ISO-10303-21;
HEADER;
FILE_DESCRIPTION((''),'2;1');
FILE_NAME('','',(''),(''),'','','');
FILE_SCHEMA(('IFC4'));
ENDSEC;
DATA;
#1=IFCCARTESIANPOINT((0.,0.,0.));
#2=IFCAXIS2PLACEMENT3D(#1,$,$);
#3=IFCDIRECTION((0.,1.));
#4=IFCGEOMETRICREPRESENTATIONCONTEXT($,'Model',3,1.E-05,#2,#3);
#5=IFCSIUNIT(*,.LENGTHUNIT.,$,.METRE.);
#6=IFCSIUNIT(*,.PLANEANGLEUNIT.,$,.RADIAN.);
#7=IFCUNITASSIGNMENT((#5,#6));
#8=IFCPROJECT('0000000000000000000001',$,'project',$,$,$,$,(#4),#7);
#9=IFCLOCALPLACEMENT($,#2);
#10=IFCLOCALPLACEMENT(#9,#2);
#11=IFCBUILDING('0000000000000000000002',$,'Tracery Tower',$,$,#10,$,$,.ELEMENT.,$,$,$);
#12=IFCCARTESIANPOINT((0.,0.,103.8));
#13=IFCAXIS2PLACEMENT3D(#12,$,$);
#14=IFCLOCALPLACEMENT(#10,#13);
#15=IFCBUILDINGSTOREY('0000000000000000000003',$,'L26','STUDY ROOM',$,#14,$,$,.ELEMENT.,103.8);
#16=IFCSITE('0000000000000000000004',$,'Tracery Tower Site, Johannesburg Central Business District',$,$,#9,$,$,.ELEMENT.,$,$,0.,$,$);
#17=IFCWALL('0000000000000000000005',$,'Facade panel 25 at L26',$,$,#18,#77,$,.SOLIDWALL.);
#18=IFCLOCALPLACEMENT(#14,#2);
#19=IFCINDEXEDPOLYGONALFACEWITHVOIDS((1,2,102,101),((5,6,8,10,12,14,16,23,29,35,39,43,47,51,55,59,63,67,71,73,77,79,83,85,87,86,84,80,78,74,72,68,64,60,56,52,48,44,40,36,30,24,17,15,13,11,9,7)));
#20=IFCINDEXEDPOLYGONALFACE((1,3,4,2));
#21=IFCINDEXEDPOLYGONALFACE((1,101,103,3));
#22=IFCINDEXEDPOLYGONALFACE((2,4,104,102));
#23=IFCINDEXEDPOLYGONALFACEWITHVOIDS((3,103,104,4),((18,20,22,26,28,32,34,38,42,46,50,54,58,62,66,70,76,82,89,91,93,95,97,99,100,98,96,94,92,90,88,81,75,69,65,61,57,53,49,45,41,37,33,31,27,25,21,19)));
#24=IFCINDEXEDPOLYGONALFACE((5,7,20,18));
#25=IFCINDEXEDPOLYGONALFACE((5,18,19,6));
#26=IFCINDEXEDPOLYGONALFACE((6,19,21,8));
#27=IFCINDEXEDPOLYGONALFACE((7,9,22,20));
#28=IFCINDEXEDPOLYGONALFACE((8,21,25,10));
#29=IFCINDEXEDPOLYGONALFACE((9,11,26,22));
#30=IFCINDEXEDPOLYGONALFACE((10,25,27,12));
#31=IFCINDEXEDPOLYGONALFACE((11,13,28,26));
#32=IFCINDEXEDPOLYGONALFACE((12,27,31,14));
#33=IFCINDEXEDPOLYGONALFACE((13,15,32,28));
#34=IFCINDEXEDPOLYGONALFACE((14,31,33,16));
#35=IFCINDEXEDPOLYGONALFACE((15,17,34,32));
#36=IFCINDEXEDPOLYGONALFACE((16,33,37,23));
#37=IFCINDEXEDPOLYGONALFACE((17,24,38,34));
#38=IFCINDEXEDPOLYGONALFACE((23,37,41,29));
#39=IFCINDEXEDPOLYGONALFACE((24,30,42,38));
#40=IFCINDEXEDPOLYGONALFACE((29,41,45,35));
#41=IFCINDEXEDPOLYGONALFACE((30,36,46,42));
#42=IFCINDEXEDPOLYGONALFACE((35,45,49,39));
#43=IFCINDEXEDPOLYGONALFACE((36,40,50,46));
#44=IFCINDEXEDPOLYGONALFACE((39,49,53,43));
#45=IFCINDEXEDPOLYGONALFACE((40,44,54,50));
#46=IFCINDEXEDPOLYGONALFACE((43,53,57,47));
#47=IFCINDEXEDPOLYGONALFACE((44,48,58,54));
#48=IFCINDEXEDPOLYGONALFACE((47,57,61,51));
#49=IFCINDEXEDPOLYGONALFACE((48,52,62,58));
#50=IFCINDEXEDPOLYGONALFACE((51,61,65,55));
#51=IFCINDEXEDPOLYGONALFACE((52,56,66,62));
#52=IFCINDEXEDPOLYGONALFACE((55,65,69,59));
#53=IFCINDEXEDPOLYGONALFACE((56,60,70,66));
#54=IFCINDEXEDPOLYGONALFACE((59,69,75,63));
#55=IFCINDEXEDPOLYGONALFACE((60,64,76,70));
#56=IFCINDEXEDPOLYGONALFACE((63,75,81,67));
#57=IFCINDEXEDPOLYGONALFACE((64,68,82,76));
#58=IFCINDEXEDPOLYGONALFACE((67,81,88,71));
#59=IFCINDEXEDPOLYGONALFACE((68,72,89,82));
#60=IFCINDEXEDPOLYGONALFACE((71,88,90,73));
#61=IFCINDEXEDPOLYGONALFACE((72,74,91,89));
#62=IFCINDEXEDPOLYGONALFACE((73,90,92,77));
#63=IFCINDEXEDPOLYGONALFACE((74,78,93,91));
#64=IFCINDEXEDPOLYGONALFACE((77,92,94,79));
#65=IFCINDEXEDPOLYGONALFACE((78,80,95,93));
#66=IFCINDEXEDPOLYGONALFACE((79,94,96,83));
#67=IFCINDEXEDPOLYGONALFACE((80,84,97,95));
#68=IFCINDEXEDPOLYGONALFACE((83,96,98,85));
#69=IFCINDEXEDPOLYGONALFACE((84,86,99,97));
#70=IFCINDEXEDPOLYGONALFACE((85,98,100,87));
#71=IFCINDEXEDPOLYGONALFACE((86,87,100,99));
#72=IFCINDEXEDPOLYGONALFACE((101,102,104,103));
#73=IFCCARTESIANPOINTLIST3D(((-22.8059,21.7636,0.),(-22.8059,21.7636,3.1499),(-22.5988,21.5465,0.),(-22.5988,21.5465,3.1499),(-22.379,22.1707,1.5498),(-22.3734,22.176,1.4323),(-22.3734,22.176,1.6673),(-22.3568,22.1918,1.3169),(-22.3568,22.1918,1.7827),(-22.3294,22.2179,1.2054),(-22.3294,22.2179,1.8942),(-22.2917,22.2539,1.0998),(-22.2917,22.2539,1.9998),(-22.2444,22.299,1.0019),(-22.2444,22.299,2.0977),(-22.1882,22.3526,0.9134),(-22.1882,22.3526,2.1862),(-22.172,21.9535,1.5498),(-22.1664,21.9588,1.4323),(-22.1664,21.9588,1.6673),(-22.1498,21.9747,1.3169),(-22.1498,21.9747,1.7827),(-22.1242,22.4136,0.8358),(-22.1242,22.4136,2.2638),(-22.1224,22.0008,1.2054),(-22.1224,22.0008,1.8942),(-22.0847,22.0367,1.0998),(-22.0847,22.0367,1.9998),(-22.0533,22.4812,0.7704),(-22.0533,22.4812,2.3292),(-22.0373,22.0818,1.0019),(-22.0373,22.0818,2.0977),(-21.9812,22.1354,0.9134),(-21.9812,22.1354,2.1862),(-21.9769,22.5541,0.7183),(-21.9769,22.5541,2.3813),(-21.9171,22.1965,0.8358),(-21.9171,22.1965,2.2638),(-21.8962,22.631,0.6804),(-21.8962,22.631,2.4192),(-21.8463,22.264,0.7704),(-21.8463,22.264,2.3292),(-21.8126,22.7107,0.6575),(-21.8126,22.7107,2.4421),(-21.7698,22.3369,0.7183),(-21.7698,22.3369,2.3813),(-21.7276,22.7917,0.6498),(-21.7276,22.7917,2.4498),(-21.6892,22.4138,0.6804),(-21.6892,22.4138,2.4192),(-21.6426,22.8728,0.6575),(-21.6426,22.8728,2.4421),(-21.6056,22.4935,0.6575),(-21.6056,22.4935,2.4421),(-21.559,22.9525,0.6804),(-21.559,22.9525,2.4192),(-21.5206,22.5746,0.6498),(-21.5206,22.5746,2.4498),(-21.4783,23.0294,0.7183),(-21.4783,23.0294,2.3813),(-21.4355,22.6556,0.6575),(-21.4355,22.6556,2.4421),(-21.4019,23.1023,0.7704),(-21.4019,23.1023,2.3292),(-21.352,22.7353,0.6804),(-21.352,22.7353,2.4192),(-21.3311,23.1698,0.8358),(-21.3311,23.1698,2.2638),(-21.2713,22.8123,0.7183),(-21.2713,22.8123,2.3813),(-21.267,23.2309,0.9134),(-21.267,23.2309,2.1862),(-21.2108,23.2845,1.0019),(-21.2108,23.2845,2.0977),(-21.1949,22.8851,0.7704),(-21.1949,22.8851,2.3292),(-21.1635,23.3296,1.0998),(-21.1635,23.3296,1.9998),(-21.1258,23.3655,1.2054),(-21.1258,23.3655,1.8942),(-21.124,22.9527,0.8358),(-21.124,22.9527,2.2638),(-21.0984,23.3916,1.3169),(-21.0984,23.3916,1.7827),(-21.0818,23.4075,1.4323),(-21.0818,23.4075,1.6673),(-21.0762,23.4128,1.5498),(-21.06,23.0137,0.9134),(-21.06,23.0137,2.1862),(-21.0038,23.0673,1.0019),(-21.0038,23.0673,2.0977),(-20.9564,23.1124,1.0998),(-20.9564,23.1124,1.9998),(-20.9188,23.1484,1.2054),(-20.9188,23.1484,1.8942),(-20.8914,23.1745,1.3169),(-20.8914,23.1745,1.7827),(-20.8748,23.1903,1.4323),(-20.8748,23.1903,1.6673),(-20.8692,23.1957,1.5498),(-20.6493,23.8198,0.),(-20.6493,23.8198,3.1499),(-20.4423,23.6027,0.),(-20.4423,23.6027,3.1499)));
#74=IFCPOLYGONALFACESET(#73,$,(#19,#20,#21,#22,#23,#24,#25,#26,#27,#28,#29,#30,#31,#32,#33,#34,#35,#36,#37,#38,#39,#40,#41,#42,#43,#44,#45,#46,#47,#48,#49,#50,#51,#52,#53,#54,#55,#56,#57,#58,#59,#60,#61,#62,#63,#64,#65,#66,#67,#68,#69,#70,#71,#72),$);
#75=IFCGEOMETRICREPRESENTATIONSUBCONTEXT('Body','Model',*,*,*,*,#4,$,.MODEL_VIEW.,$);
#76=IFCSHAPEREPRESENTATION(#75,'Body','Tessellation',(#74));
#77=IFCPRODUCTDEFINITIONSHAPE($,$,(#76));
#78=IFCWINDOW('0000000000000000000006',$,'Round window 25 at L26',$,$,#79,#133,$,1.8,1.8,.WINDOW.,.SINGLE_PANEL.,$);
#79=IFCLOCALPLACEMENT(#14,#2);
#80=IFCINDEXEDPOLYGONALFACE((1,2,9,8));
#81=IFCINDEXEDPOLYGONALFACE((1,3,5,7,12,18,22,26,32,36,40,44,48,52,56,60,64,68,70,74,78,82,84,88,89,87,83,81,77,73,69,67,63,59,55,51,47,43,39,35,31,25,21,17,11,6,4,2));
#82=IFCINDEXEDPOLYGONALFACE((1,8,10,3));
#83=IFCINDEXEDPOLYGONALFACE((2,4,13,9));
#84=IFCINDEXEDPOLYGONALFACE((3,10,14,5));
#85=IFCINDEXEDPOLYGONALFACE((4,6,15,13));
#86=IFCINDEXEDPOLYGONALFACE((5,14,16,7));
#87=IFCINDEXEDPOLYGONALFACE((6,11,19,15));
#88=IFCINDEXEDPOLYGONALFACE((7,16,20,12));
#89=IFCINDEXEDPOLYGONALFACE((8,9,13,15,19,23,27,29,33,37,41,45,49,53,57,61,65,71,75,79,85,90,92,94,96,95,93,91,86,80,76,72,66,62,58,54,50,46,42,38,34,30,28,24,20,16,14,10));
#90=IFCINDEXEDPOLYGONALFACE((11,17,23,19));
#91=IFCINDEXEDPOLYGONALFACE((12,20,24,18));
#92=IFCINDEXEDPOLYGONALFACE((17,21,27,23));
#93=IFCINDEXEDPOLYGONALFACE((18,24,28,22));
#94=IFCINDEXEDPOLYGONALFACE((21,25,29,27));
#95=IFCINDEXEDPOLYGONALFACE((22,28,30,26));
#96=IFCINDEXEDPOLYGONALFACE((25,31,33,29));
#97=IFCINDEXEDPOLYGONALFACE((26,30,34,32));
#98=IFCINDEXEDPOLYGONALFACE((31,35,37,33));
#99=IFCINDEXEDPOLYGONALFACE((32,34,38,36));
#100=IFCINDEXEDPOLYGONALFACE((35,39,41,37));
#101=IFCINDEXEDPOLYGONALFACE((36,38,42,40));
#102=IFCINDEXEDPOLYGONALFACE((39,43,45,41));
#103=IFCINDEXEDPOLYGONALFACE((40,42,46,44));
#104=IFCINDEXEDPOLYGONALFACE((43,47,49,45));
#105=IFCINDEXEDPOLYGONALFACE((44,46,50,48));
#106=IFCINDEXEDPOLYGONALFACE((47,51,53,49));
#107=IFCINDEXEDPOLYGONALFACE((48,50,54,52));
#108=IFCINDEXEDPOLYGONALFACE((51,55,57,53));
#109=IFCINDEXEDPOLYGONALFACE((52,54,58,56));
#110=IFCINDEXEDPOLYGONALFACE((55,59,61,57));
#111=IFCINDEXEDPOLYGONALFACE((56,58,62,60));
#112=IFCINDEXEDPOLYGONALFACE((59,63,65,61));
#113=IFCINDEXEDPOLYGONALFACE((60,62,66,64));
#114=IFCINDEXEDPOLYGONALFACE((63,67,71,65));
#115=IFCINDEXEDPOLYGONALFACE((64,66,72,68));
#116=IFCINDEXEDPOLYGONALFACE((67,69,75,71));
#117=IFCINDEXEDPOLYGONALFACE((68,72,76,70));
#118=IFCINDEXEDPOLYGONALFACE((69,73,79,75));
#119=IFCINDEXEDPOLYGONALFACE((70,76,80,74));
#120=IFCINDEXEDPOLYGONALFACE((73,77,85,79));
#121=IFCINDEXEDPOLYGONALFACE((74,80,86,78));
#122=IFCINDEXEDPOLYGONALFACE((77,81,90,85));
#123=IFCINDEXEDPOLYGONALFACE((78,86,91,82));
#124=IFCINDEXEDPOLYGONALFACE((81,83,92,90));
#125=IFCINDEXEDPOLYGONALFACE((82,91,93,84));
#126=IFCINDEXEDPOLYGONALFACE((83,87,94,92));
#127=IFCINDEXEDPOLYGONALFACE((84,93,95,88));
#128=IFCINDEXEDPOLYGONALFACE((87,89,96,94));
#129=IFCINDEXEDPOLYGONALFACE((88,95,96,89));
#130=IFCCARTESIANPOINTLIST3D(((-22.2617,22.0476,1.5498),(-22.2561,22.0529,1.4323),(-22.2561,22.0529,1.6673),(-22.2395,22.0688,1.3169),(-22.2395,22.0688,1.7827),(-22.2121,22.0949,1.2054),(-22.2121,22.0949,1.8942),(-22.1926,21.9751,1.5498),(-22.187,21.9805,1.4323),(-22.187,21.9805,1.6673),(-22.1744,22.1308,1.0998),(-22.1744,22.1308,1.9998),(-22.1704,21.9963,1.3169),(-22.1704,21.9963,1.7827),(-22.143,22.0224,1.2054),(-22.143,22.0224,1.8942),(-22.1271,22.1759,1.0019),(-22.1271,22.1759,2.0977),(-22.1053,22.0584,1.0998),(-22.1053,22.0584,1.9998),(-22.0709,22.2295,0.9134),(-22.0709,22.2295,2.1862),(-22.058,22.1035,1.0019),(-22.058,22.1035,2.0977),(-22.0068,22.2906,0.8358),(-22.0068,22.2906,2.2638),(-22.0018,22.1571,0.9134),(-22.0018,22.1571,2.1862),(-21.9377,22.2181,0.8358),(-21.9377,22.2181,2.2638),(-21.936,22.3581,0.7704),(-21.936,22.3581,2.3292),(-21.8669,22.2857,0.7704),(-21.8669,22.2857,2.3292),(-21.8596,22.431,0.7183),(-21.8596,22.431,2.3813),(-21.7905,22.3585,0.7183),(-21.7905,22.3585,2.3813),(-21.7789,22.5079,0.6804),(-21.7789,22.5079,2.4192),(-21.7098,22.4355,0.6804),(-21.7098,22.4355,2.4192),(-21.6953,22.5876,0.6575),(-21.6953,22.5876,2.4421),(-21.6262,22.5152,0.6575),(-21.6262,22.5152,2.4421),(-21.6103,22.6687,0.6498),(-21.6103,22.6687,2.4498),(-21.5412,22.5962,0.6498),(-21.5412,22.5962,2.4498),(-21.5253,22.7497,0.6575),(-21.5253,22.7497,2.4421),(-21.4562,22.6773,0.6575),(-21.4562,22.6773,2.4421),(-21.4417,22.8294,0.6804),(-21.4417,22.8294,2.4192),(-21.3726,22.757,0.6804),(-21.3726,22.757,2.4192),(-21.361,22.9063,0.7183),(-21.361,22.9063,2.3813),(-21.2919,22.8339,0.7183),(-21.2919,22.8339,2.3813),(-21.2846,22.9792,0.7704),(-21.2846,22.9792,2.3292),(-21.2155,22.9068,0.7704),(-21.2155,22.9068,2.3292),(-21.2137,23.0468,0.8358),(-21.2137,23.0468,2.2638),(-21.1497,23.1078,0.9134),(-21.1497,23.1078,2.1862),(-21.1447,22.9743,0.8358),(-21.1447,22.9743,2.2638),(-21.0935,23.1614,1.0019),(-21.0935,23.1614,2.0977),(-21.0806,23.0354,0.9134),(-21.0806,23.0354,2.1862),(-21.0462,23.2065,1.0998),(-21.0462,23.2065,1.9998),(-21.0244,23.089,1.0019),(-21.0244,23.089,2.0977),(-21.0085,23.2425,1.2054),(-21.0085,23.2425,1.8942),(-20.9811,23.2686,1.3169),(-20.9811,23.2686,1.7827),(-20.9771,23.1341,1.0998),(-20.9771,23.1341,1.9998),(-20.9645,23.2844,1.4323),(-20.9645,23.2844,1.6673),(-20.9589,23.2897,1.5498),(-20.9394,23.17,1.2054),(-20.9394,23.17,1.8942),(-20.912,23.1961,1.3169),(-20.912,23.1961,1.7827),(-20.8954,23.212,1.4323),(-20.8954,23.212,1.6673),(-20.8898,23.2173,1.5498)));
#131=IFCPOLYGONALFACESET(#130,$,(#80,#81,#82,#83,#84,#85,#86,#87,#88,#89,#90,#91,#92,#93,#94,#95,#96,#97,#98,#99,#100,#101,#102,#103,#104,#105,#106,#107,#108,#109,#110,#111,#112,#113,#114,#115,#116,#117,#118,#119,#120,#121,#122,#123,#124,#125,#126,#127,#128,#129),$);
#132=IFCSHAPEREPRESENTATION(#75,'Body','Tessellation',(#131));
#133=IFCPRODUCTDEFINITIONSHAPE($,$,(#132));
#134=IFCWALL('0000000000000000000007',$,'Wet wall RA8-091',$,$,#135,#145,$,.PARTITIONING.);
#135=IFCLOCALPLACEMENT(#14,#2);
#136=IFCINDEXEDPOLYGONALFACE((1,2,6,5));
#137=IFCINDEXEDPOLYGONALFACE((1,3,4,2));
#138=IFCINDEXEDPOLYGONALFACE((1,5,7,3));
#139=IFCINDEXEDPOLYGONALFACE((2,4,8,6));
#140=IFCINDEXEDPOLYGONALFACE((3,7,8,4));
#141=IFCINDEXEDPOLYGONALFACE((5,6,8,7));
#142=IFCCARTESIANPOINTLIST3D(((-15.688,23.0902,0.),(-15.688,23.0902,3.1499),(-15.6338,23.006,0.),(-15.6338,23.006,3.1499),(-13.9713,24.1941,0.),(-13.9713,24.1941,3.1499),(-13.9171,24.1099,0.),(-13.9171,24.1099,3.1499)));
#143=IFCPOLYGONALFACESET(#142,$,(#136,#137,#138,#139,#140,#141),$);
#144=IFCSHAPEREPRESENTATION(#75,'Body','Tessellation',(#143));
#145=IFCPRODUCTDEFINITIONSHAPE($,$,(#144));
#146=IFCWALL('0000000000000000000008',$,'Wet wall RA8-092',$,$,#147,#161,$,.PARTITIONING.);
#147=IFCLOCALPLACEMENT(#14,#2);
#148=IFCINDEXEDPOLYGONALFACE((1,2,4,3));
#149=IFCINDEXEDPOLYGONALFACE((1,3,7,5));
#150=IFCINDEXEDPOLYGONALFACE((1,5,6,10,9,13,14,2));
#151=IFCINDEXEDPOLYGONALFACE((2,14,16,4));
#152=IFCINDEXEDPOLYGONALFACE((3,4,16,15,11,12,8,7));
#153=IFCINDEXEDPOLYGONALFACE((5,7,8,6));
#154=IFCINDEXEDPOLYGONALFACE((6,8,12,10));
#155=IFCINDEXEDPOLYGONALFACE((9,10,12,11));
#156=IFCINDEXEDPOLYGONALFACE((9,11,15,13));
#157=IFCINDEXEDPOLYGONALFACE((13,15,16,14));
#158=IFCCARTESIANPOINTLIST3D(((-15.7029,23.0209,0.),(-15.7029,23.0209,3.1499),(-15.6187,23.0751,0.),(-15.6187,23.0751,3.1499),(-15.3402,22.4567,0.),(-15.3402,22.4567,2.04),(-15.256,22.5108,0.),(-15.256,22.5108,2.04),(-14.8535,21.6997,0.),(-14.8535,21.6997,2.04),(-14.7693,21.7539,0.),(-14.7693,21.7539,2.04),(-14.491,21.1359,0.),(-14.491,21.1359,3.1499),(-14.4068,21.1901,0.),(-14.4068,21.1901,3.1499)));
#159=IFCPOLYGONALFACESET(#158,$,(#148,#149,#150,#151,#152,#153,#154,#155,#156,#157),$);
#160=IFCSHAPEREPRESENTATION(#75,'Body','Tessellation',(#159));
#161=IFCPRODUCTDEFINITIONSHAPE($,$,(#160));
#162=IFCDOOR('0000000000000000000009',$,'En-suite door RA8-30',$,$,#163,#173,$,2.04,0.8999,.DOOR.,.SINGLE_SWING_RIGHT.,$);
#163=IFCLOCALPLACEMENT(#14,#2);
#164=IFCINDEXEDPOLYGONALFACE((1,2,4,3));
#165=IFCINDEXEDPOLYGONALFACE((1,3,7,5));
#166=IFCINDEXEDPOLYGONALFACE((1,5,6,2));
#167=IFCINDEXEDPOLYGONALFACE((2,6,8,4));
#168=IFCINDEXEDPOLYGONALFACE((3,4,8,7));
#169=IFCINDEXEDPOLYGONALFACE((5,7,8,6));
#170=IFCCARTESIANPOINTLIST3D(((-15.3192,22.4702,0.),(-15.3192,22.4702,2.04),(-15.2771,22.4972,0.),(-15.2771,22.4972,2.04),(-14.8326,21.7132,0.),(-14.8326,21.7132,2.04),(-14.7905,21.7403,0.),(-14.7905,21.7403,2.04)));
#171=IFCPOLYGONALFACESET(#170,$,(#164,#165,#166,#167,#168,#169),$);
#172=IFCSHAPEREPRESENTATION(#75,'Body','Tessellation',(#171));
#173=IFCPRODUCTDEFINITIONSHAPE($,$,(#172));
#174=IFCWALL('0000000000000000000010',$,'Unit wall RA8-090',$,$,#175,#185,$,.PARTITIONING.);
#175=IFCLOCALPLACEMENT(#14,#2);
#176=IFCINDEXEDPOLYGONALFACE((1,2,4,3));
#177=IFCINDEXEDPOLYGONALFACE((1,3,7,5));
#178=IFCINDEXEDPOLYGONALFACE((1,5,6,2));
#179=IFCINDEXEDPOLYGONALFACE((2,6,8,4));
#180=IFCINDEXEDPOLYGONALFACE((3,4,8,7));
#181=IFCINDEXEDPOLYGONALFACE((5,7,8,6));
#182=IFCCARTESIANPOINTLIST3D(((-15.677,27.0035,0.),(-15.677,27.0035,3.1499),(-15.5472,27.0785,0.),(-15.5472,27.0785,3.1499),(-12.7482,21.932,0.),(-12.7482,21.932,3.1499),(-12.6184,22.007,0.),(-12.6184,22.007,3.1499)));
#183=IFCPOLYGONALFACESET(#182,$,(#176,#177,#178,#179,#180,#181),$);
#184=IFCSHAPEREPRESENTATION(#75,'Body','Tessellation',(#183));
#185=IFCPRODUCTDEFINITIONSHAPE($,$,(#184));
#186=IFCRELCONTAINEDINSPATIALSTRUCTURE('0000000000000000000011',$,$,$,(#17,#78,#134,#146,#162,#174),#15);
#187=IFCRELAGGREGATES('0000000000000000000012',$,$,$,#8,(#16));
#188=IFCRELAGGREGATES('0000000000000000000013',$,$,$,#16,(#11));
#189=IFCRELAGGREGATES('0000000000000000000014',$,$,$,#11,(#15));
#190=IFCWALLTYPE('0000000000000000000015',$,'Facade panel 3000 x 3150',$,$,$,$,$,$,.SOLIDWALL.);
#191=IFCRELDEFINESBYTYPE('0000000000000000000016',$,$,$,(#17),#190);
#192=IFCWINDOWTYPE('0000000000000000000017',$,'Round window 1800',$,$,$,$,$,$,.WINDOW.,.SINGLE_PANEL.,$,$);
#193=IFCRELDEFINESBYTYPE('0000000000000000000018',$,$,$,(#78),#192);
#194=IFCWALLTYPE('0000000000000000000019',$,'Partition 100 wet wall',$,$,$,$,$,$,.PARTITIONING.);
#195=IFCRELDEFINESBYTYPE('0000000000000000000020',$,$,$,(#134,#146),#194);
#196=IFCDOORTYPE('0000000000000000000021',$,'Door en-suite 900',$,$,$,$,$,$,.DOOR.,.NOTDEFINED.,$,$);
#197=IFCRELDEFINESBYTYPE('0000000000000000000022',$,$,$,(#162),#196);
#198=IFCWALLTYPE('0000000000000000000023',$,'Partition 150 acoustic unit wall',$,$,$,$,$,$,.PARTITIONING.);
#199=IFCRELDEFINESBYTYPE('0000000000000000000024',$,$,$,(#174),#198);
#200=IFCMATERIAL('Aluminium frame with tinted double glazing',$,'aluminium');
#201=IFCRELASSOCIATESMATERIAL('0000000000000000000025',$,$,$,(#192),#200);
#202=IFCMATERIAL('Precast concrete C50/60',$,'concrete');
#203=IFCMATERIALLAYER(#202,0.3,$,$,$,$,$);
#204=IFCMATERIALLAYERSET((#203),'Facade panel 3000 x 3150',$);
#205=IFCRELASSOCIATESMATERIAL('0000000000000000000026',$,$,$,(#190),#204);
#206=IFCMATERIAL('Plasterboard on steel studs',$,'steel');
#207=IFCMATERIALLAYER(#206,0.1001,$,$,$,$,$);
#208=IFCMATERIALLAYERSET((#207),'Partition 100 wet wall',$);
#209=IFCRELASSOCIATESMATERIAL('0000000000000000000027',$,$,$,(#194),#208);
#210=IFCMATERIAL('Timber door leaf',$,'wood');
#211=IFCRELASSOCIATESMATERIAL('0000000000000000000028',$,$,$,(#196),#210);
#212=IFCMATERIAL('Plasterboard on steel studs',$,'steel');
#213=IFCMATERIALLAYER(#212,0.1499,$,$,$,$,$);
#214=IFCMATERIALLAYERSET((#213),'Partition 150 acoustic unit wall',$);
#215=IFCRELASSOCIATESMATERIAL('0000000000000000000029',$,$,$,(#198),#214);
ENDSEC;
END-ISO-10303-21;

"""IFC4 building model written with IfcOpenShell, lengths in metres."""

from ifc_helpers import new_model, si_unit, direction, frame, frame_2d, origin, origin_2d, place, context, subcontext, project, spatial, rectangle, circle, extrude, material, layer, layer_set, type_object, element, fill, save


model = new_model("IFC4")

# Units and contexts
model_context = context("Model", 3, precision=1e-05, world=origin(), true_north=direction((0.0, 1.0)))
body_context = subcontext(model_context, "Body", "Model", "MODEL_VIEW")
ifc_project = project(units=[si_unit("LENGTHUNIT", "METRE"), si_unit("PLANEANGLEUNIT", "RADIAN")], contexts=[model_context])

# Site, building, storey
site_placement = place(None, origin())
site = spatial("IfcSite", under=ifc_project, at=site_placement, Name="Tracery Tower Site, Johannesburg Central Business District", CompositionType="ELEMENT", RefElevation=0.0)
building_placement = place(site_placement, origin())
building = spatial("IfcBuilding", under=site, at=building_placement, Name="Tracery Tower", CompositionType="ELEMENT")
storey_placement = place(building_placement, frame((0.0, 0.0, 103.8)))
storey = spatial("IfcBuildingStorey", under=building, at=storey_placement, Name="L26", Description="STUDY ROOM", CompositionType="ELEMENT", Elevation=103.8)

# Wall, opening, window
ifc_material_1 = material(Name="Aluminium frame with tinted double glazing", Category="aluminium")
window_type = type_object("IfcWindowType", Name="Round window 1800", PartitioningType="SINGLE_PANEL", PredefinedType="WINDOW", material=ifc_material_1)
ifc_material_2 = material(Name="Precast concrete C50/60", Category="concrete")
ifc_layer_1 = layer(ifc_material_2, 0.3)
ifc_layer_set_1 = layer_set([ifc_layer_1], Name="Facade panel 3000 x 3150")
wall_type_1 = type_object("IfcWallType", Name="Facade panel 3000 x 3150", PredefinedType="SOLIDWALL", material=ifc_layer_set_1)
wall_1_placement = place(storey_placement, frame((-20.5459, 23.7112, 0.0), z_axis=(0.0, 0.0, 1.0), x_axis=(-0.723744, -0.690068, 0.0)))
wall_1 = element("IfcWall", 1, at=wall_1_placement, inside=storey, type_object=wall_type_1, Name="Facade panel 25 at L26", PredefinedType="SOLIDWALL", context=body_context, shape_type="SweptSolid", body=[
    extrude(rectangle(XDim=2.9797, YDim=0.3, at=frame_2d((1.4897, 0.0))), origin(), (0.0, 0.0, 1.0), 3.1499),
])
opening_1_placement = place(wall_1_placement, frame((1.4897, 0.0, 1.5498)))
opening_1 = element("IfcOpeningElement", 2, at=opening_1_placement, cuts=wall_1, PredefinedType="OPENING", context=body_context, shape_type="SweptSolid", body=[
    extrude(circle(Radius=0.9, at=origin_2d()), frame((0.0, 0.1599, 0.0), z_axis=(0.0, -1.0, 0.0), x_axis=(1.0, 0.0, 0.0)), (0.0, 0.0, 1.0), 0.3201),
])
window_1_placement = place(opening_1_placement, origin())
window_1 = element("IfcWindow", 3, at=window_1_placement, inside=storey, type_object=window_type, Name="Round window 25 at L26", OverallHeight=1.8, OverallWidth=1.8, PartitioningType="SINGLE_PANEL", PredefinedType="WINDOW", context=body_context, shape_type="SweptSolid", body=[
    extrude(circle(Radius=0.9, at=origin_2d()), frame((0.0, 0.1201, 0.0), z_axis=(0.0, -1.0, 0.0), x_axis=(1.0, 0.0, 0.0)), (0.0, 0.0, 1.0), 0.1001),
])
fill(opening_1, window_1)

# Wall
ifc_material_3 = material(Name="Plasterboard on steel studs", Category="steel")
ifc_layer_2 = layer(ifc_material_3, 0.1001)
ifc_layer_set_2 = layer_set([ifc_layer_2], Name="Partition 100 wet wall")
wall_type_2 = type_object("IfcWallType", Name="Partition 100 wet wall", PredefinedType="PARTITIONING", material=ifc_layer_set_2)
wall_2_placement = place(storey_placement, frame((-15.6609, 23.0481, 0.0), z_axis=(0.0, 0.0, 1.0), x_axis=(0.841101, 0.540878, 0.0)))
element("IfcWall", 4, at=wall_2_placement, inside=storey, type_object=wall_type_2, Name="Wet wall RA8-091", PredefinedType="PARTITIONING", context=body_context, shape_type="SweptSolid", body=[
    extrude(rectangle(XDim=2.041, YDim=0.1001, at=frame_2d((1.0205, 0.0))), origin(), (0.0, 0.0, 1.0), 3.1499),
])

# Wall, opening, door
wall_3_placement = place(storey_placement, frame((-15.6609, 23.0481, 0.0), z_axis=(0.0, 0.0, 1.0), x_axis=(0.540796, -0.841154, 0.0)))
wall_3 = element("IfcWall", 5, at=wall_3_placement, inside=storey, type_object=wall_type_2, Name="Wet wall RA8-092", PredefinedType="PARTITIONING", context=body_context, shape_type="SweptSolid", body=[
    extrude(rectangle(XDim=2.241, YDim=0.1001, at=frame_2d((1.1206, 0.0))), origin(), (0.0, 0.0, 1.0), 3.1499),
])
opening_2_placement = place(wall_3_placement, frame((0.6709, 0.0, 0.0)))
opening_2 = element("IfcOpeningElement", 6, at=opening_2_placement, cuts=wall_3, PredefinedType="OPENING", context=body_context, shape_type="SweptSolid", body=[
    extrude(rectangle(XDim=0.8999, YDim=2.04, at=frame_2d((0.45, 1.02))), frame((0.0, 0.05, 0.0), z_axis=(0.0, -1.0, 0.0), x_axis=(1.0, 0.0, 0.0)), (0.0, 0.0, 1.0), 0.1001),
])
ifc_material_4 = material(Name="Timber door leaf", Category="wood")
door_type_1 = type_object("IfcDoorType", Name="Door en-suite 900", OperationType="NOTDEFINED", PredefinedType="DOOR", material=ifc_material_4)
door_1_placement = place(opening_2_placement, origin())
door_1 = element("IfcDoor", 7, at=door_1_placement, inside=storey, type_object=door_type_1, Name="En-suite door RA8-30", OperationType="SINGLE_SWING_RIGHT", OverallHeight=2.04, OverallWidth=0.8999, PredefinedType="DOOR", context=body_context, shape_type="SweptSolid", body=[
    extrude(rectangle(XDim=0.8999, YDim=2.04, at=frame_2d((0.45, 1.02))), frame((0.0, 0.0249, 0.0), z_axis=(0.0, -1.0, 0.0), x_axis=(1.0, 0.0, 0.0)), (0.0, 0.0, 1.0), 0.05),
])
fill(opening_2, door_1)

# Wall
ifc_material_5 = material(Name="Plasterboard on steel studs", Category="steel")
ifc_layer_3 = layer(ifc_material_5, 0.1499)
ifc_layer_set_3 = layer_set([ifc_layer_3], Name="Partition 150 acoustic unit wall")
wall_type_3 = type_object("IfcWallType", Name="Partition 150 acoustic unit wall", PredefinedType="PARTITIONING", material=ifc_layer_set_3)
wall_4_placement = place(storey_placement, frame((-15.6121, 27.041, 0.0), z_axis=(0.0, 0.0, 1.0), x_axis=(0.500085, -0.865977, 0.0)))
element("IfcWall", 8, at=wall_4_placement, inside=storey, type_object=wall_type_3, Name="Unit wall RA8-090", PredefinedType="PARTITIONING", context=body_context, shape_type="SweptSolid", body=[
    extrude(rectangle(XDim=5.8564, YDim=0.1499, at=frame_2d((2.9282, 0.0))), origin(), (0.0, 0.0, 1.0), 3.1499),
])

save(model, "model.ifc")
